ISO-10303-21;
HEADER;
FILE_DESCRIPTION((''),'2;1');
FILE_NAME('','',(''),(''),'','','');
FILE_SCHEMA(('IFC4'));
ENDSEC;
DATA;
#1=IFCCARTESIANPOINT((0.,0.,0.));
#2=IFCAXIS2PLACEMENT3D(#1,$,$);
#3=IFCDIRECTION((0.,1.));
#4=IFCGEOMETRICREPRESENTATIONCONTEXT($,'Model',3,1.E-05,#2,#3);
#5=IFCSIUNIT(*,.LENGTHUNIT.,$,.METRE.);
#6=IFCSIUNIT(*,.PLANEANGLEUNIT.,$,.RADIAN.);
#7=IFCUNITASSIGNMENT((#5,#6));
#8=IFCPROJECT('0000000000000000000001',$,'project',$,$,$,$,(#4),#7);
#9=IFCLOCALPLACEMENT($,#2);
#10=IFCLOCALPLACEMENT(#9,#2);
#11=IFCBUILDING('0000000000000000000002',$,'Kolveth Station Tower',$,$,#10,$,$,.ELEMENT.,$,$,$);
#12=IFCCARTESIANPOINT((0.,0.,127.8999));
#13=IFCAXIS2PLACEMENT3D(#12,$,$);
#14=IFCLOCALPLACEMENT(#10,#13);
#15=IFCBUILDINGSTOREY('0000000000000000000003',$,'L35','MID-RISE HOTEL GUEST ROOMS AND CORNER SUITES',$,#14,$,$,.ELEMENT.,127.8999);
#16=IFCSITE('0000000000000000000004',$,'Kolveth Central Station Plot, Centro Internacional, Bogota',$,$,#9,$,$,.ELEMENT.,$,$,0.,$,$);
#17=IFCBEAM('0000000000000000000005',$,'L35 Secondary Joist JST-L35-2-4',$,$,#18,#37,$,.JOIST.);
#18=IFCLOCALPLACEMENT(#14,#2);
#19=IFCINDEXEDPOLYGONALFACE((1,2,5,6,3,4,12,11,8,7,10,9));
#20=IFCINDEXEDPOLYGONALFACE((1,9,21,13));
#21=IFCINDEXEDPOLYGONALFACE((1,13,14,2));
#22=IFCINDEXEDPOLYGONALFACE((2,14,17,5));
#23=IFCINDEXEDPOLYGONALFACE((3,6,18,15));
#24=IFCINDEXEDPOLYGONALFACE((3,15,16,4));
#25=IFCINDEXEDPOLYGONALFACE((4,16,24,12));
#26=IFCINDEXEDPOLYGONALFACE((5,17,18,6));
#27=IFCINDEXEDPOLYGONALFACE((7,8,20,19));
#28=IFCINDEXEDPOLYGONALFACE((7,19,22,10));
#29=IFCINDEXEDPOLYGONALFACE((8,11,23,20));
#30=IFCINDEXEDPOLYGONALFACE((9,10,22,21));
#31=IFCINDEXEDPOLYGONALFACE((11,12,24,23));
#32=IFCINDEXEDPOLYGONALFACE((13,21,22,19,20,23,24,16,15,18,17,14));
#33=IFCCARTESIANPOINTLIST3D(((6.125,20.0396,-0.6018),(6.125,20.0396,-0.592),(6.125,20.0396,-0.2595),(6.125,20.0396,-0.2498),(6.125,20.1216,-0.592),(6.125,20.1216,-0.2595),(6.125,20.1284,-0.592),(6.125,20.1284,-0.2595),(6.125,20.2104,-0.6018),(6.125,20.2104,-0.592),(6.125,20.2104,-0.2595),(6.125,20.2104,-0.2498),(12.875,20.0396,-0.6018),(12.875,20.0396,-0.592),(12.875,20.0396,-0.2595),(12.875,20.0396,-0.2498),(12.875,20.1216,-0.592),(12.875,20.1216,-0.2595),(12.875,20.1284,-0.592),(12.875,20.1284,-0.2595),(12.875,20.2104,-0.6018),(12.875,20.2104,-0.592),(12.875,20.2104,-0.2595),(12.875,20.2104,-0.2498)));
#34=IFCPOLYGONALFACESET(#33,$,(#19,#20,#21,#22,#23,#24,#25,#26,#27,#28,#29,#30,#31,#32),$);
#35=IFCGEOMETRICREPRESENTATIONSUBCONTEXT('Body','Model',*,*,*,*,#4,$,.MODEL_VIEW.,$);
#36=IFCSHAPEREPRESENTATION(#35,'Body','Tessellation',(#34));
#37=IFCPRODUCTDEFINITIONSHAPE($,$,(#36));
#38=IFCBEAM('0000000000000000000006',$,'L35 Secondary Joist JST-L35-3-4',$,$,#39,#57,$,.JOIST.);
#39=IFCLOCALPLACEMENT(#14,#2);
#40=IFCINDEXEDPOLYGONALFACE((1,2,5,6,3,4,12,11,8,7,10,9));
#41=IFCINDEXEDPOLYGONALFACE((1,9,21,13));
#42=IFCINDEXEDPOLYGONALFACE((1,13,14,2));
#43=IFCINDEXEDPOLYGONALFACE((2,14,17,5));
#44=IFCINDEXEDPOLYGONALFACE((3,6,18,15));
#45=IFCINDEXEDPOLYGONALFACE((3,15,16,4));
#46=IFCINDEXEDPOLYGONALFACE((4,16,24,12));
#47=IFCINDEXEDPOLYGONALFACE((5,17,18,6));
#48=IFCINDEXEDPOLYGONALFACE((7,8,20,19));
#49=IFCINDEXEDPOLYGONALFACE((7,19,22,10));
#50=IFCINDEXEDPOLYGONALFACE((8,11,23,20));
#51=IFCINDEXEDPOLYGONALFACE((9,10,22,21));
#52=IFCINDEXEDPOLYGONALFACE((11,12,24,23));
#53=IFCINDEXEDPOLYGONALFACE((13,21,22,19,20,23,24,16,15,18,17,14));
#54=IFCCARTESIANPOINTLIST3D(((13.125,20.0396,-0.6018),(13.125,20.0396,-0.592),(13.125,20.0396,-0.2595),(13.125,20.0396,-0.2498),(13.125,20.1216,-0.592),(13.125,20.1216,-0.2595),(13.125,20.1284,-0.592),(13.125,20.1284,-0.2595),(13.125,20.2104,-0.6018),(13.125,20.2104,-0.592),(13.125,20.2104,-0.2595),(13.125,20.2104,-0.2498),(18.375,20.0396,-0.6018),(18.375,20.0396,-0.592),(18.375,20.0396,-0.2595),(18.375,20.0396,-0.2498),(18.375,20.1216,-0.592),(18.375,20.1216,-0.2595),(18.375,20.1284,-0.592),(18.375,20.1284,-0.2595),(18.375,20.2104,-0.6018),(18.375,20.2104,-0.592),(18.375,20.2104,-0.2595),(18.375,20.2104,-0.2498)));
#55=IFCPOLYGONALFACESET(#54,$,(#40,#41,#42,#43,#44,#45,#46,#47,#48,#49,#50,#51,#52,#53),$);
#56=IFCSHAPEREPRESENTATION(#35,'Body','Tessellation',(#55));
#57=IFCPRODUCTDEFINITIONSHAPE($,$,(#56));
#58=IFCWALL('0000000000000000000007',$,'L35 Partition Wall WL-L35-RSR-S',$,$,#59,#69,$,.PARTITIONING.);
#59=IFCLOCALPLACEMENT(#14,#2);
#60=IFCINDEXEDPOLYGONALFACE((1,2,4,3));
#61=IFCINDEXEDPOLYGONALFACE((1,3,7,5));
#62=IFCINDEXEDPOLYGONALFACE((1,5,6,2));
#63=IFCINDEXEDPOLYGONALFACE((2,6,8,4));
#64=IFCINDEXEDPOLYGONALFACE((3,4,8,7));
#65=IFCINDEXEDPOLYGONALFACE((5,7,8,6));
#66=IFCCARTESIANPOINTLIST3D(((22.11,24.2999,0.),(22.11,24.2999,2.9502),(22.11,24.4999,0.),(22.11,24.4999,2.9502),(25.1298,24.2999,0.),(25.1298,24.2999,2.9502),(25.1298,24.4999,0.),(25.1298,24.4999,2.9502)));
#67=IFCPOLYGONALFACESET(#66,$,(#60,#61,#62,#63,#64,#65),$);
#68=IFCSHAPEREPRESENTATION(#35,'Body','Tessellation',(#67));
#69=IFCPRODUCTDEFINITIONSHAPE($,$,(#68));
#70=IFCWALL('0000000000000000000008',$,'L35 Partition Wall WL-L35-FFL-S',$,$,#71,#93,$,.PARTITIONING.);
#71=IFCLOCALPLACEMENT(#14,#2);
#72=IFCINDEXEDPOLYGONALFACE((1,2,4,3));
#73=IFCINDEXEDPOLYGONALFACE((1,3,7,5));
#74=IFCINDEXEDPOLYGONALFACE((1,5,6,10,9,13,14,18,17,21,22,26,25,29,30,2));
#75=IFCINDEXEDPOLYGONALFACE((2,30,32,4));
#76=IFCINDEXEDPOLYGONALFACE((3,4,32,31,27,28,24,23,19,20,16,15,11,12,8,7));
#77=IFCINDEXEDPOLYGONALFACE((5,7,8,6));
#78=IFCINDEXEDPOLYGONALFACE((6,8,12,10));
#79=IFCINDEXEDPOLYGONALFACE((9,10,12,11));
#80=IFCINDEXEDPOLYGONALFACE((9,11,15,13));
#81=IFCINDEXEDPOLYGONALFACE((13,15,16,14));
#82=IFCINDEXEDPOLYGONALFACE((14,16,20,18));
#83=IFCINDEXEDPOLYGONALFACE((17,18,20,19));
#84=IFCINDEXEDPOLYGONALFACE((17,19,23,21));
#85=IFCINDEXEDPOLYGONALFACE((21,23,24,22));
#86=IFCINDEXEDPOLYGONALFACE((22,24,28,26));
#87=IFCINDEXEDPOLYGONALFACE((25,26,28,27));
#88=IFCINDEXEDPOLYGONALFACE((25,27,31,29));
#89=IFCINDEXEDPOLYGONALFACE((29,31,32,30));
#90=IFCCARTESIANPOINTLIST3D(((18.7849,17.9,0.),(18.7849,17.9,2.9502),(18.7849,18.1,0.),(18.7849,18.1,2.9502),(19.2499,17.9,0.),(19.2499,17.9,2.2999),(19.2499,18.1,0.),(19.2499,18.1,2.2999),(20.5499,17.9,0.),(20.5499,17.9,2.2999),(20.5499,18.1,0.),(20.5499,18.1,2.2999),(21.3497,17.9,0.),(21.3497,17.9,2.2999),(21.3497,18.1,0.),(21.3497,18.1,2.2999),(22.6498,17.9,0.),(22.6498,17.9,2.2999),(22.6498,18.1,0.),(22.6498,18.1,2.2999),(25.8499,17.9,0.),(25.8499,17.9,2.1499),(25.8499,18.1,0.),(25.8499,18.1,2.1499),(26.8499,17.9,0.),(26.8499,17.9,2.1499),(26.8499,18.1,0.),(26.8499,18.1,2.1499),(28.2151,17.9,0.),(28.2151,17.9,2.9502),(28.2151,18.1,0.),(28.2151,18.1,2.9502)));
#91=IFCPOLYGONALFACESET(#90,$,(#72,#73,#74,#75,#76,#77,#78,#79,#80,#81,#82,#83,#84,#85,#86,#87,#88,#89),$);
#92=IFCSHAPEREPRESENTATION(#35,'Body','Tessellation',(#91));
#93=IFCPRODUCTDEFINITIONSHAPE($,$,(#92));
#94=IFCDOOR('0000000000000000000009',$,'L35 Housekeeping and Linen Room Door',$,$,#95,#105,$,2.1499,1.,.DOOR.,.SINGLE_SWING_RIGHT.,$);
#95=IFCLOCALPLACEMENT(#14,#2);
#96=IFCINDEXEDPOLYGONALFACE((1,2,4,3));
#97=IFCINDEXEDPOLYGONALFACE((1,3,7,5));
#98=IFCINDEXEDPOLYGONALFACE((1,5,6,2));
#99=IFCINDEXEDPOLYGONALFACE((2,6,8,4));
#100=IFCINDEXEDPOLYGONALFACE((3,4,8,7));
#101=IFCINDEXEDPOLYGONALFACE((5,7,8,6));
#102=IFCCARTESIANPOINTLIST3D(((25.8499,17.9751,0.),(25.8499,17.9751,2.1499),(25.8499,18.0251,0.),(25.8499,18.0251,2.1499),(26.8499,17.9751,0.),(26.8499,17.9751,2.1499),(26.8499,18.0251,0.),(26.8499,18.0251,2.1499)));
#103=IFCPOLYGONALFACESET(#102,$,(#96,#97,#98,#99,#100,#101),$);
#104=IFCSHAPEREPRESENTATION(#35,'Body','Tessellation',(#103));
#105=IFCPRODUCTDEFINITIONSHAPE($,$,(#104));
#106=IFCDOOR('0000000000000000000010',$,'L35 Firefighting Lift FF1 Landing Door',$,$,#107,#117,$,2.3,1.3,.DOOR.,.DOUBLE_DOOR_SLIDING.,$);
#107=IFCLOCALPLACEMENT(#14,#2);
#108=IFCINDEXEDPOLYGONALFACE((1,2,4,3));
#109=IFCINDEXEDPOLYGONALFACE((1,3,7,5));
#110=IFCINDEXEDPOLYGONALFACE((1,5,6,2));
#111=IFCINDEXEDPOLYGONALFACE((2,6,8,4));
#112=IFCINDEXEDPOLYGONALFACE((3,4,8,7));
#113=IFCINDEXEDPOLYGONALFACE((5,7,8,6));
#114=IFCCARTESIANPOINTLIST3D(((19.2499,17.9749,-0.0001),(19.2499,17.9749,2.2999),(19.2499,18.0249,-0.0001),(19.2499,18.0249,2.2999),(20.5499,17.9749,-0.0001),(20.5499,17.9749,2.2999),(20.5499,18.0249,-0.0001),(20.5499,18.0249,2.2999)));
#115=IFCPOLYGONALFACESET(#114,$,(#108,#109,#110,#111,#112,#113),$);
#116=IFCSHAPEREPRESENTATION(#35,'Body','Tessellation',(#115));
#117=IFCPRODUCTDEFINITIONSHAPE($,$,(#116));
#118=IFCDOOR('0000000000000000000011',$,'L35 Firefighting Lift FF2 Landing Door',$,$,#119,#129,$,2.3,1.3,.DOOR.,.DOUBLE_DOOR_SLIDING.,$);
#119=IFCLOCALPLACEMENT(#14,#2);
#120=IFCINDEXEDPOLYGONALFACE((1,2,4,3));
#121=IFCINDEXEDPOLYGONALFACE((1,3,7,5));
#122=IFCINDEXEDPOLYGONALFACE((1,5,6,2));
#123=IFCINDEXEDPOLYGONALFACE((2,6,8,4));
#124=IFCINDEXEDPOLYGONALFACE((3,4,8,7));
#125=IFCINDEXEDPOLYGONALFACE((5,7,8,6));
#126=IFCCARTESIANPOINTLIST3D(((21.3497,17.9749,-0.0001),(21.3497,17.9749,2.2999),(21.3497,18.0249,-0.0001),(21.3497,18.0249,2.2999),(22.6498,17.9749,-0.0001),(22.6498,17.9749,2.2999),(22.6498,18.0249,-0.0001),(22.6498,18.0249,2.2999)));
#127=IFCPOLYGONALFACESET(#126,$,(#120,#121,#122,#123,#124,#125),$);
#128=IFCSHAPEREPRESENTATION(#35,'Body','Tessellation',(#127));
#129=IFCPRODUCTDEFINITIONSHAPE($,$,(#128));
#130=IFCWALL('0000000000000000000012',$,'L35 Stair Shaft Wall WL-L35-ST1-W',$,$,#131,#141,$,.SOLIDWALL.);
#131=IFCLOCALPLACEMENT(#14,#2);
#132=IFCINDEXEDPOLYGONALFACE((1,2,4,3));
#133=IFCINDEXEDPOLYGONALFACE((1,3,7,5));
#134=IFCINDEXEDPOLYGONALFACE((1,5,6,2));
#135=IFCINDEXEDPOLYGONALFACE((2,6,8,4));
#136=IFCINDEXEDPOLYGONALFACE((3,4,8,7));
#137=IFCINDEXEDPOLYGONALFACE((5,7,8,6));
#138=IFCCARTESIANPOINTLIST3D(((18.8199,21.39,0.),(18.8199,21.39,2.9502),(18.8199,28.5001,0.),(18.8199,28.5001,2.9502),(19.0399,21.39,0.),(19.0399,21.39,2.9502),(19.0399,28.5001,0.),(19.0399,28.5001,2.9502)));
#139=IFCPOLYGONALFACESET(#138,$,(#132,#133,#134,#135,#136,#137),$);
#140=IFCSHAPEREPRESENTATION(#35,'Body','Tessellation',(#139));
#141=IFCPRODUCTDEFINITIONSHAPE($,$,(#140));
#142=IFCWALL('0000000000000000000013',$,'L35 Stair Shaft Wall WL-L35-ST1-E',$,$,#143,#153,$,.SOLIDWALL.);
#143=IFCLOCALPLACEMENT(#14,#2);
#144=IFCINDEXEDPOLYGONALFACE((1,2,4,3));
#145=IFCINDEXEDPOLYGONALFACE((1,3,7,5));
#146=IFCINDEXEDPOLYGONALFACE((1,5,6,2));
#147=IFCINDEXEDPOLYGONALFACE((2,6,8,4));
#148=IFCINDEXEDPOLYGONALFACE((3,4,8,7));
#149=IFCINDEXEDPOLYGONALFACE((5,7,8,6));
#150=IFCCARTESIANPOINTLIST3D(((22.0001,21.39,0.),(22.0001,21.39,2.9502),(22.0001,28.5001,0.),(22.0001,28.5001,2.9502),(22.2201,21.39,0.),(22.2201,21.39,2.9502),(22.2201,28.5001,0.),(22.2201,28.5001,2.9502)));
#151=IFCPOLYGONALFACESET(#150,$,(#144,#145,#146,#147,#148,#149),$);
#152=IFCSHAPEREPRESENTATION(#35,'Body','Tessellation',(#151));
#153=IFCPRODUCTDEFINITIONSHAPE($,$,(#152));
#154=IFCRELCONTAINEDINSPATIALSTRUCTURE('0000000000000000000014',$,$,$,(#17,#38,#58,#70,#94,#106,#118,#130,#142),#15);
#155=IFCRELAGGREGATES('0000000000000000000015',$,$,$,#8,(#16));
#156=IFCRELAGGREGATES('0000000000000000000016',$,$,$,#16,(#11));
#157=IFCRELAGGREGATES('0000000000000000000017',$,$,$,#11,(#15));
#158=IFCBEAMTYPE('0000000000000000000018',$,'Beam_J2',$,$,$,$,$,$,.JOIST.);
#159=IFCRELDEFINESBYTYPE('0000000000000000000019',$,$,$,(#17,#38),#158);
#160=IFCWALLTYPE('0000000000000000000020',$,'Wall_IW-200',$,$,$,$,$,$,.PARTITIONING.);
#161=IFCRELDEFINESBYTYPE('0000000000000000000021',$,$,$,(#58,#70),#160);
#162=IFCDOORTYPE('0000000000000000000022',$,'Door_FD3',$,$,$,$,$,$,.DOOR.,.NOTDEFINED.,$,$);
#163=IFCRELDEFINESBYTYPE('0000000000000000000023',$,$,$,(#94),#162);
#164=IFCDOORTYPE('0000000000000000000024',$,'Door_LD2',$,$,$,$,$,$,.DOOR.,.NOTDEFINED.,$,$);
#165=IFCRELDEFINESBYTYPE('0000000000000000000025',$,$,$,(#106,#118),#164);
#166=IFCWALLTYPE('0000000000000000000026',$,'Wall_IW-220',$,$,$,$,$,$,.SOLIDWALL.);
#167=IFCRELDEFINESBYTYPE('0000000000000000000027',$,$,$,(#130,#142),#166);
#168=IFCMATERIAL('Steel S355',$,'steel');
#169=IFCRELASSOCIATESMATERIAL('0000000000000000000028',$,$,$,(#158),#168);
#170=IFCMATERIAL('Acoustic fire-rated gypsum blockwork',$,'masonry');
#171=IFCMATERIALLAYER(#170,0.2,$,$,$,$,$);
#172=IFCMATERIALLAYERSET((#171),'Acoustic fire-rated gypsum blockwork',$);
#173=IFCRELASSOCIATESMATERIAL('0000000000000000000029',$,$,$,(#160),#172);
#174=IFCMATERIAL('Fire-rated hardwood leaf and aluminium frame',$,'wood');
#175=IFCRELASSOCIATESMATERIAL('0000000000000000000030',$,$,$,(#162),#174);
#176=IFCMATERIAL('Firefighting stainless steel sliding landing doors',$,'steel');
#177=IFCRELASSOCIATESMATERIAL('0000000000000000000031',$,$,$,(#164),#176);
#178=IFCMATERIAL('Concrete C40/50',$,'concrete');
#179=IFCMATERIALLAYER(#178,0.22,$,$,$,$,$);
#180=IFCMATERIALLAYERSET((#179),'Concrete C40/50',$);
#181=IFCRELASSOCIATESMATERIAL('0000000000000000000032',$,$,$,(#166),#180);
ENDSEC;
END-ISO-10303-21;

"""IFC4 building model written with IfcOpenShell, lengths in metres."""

from ifc_helpers import new_model, si_unit, direction, frame, frame_2d, origin, origin_2d, place, context, subcontext, project, spatial, rectangle, i_section, extrude, source, transform, mapped, material, layer, layer_set, material_profile, profile_set, type_object, element, fill, save


model = new_model("IFC4")

# Units and contexts
model_context = context("Model", 3, precision=1e-05, world=origin(), true_north=direction((0.0, 1.0)))
body_context = subcontext(model_context, "Body", "Model", "MODEL_VIEW")
ifc_project = project(units=[si_unit("LENGTHUNIT", "METRE"), si_unit("PLANEANGLEUNIT", "RADIAN")], contexts=[model_context])

# Site, building, storey
site_placement = place(None, origin())
site = spatial("IfcSite", under=ifc_project, at=site_placement, Name="Kolveth Central Station Plot, Centro Internacional, Bogota", CompositionType="ELEMENT", RefElevation=0.0)
building_placement = place(site_placement, origin())
building = spatial("IfcBuilding", under=site, at=building_placement, Name="Kolveth Station Tower", CompositionType="ELEMENT")
storey_placement = place(building_placement, frame((0.0, 0.0, 127.8999)))
storey = spatial("IfcBuildingStorey", under=building, at=storey_placement, Name="L35", Description="MID-RISE HOTEL GUEST ROOMS AND CORNER SUITES", CompositionType="ELEMENT", Elevation=127.8999)

# Shared definitions
ifc_material_1 = material(Name="Steel S355", Category="steel")

# Beams
ifc_material_profile_1 = material_profile(ifc_material_1, i_section(OverallWidth=0.1709, OverallDepth=0.3521, WebThickness=0.0068, FlangeThickness=0.0098, at=origin_2d()), Name="W360x44")
ifc_profile_set_1 = profile_set([ifc_material_profile_1], Name="Steel S355")
beam_type_1 = type_object("IfcBeamType", Name="Beam_J2", PredefinedType="JOIST", material=ifc_profile_set_1)
shared_shape_1 = source(origin(), body_context, "Body", "SweptSolid", [
    extrude(i_section(OverallWidth=0.1709, OverallDepth=0.3521, WebThickness=0.0068, FlangeThickness=0.0098, at=origin_2d()), origin(), (0.0, 0.0, 1.0), 6.75),
])
beam_1_placement = place(storey_placement, frame((6.125, 20.125, -0.4258), z_axis=(1.0, 0.0, 0.0), x_axis=(0.0, 1.0, 0.0)))
element("IfcBeam", 1, at=beam_1_placement, inside=storey, type_object=beam_type_1, Name="L35 Secondary Joist JST-L35-2-4", PredefinedType="JOIST", context=body_context, shape_type="MappedRepresentation", body=[
    mapped(shared_shape_1, transform((0.0, 0.0, 0.0), x_axis=(1.0, 0.0, 0.0), y_axis=(0.0, 1.0, 0.0), z_axis=(0.0, 0.0, 1.0), scale=1.0)),
])
shared_shape_2 = source(origin(), body_context, "Body", "SweptSolid", [
    extrude(i_section(OverallWidth=0.1709, OverallDepth=0.3521, WebThickness=0.0068, FlangeThickness=0.0098, at=origin_2d()), origin(), (0.0, 0.0, 1.0), 5.25),
])
beam_2_placement = place(storey_placement, frame((13.125, 20.125, -0.4258), z_axis=(1.0, 0.0, 0.0), x_axis=(0.0, 1.0, 0.0)))
element("IfcBeam", 2, at=beam_2_placement, inside=storey, type_object=beam_type_1, Name="L35 Secondary Joist JST-L35-3-4", PredefinedType="JOIST", context=body_context, shape_type="MappedRepresentation", body=[
    mapped(shared_shape_2, transform((0.0, 0.0, 0.0), x_axis=(1.0, 0.0, 0.0), y_axis=(0.0, 1.0, 0.0), z_axis=(0.0, 0.0, 1.0), scale=1.0)),
])

# Wall
ifc_material_2 = material(Name="Acoustic fire-rated gypsum blockwork", Category="masonry")
ifc_layer_1 = layer(ifc_material_2, 0.2)
ifc_layer_set_1 = layer_set([ifc_layer_1], Name="Acoustic fire-rated gypsum blockwork")
wall_type_1 = type_object("IfcWallType", Name="Wall_IW-200", PredefinedType="PARTITIONING", material=ifc_layer_set_1)
wall_1_placement = place(storey_placement, frame((22.1101, 24.3999, 0.0), z_axis=(0.0, 0.0, 1.0), x_axis=(1.0, 0.0, 0.0)))
element("IfcWall", 3, at=wall_1_placement, inside=storey, type_object=wall_type_1, Name="L35 Partition Wall WL-L35-RSR-S", PredefinedType="PARTITIONING", context=body_context, shape_type="SweptSolid", body=[
    extrude(rectangle(XDim=3.0198, YDim=0.2, at=frame_2d((1.5098, 0.0))), origin(), (0.0, 0.0, 1.0), 2.9502),
])

# Wall, openings, doors
wall_2_placement = place(storey_placement, frame((18.7849, 18.0, 0.0), z_axis=(0.0, 0.0, 1.0), x_axis=(1.0, 0.0, 0.0)))
wall_2 = element("IfcWall", 4, at=wall_2_placement, inside=storey, type_object=wall_type_1, Name="L35 Partition Wall WL-L35-FFL-S", PredefinedType="PARTITIONING", context=body_context, shape_type="SweptSolid", body=[
    extrude(rectangle(XDim=9.4302, YDim=0.2, at=frame_2d((4.7151, 0.0))), origin(), (0.0, 0.0, 1.0), 2.9502),
])
opening_1_placement = place(wall_2_placement, frame((0.4651, 0.0, 0.0)))
opening_1 = element("IfcOpeningElement", 5, at=opening_1_placement, cuts=wall_2, PredefinedType="OPENING", context=body_context, shape_type="SweptSolid", body=[
    extrude(rectangle(XDim=1.3, YDim=2.3, at=frame_2d((0.6499, 1.1499))), frame((0.0, 0.1099, 0.0), z_axis=(0.0, -1.0, 0.0), x_axis=(1.0, 0.0, 0.0)), (0.0, 0.0, 1.0), 0.22),
])
opening_2_placement = place(wall_2_placement, frame((2.5649, 0.0, 0.0)))
opening_2 = element("IfcOpeningElement", 6, at=opening_2_placement, cuts=wall_2, PredefinedType="OPENING", context=body_context, shape_type="SweptSolid", body=[
    extrude(rectangle(XDim=1.3, YDim=2.3, at=frame_2d((0.6499, 1.1499))), frame((0.0, 0.1099, 0.0), z_axis=(0.0, -1.0, 0.0), x_axis=(1.0, 0.0, 0.0)), (0.0, 0.0, 1.0), 0.22),
])
opening_3_placement = place(wall_2_placement, frame((7.0649, 0.0, 0.0)))
opening_3 = element("IfcOpeningElement", 7, at=opening_3_placement, cuts=wall_2, PredefinedType="OPENING", context=body_context, shape_type="SweptSolid", body=[
    extrude(rectangle(XDim=1.0, YDim=2.1499, at=frame_2d((0.5, 1.075))), frame((0.0, 0.1099, 0.0), z_axis=(0.0, -1.0, 0.0), x_axis=(1.0, 0.0, 0.0)), (0.0, 0.0, 1.0), 0.22),
])
ifc_material_3 = material(Name="Fire-rated hardwood leaf and aluminium frame", Category="wood")
door_type_1 = type_object("IfcDoorType", Name="Door_FD3", OperationType="NOTDEFINED", PredefinedType="DOOR", material=ifc_material_3)
door_1_placement = place(opening_3_placement, frame((1.0, 0.0, 0.0), z_axis=(0.0, 0.0, 1.0), x_axis=(-1.0, 0.0, 0.0)))
door_1 = element("IfcDoor", 8, at=door_1_placement, inside=storey, type_object=door_type_1, Name="L35 Housekeeping and Linen Room Door", OperationType="SINGLE_SWING_RIGHT", OverallHeight=2.1499, OverallWidth=1.0, PredefinedType="DOOR", context=body_context, shape_type="SweptSolid", body=[
    extrude(rectangle(XDim=1.0, YDim=2.1499, at=frame_2d((0.5, 1.075))), frame((0.0, 0.0249, 0.0), z_axis=(0.0, -1.0, 0.0), x_axis=(1.0, 0.0, 0.0)), (0.0, 0.0, 1.0), 0.05),
])
fill(opening_3, door_1)
ifc_material_4 = material(Name="Firefighting stainless steel sliding landing doors", Category="steel")
door_type_2 = type_object("IfcDoorType", Name="Door_LD2", OperationType="NOTDEFINED", PredefinedType="DOOR", material=ifc_material_4)
door_2_placement = place(opening_1_placement, origin())
door_2 = element("IfcDoor", 9, at=door_2_placement, inside=storey, type_object=door_type_2, Name="L35 Firefighting Lift FF1 Landing Door", OperationType="DOUBLE_DOOR_SLIDING", OverallHeight=2.3, OverallWidth=1.3, PredefinedType="DOOR", context=body_context, shape_type="SweptSolid", body=[
    extrude(rectangle(XDim=1.3, YDim=2.3, at=frame_2d((0.6499, 1.1499))), frame((0.0, 0.0249, 0.0), z_axis=(0.0, -1.0, 0.0), x_axis=(1.0, 0.0, 0.0)), (0.0, 0.0, 1.0), 0.05),
])
fill(opening_1, door_2)
door_3_placement = place(opening_2_placement, origin())
door_3 = element("IfcDoor", 10, at=door_3_placement, inside=storey, type_object=door_type_2, Name="L35 Firefighting Lift FF2 Landing Door", OperationType="DOUBLE_DOOR_SLIDING", OverallHeight=2.3, OverallWidth=1.3, PredefinedType="DOOR", context=body_context, shape_type="SweptSolid", body=[
    extrude(rectangle(XDim=1.3, YDim=2.3, at=frame_2d((0.6499, 1.1499))), frame((0.0, 0.0249, 0.0), z_axis=(0.0, -1.0, 0.0), x_axis=(1.0, 0.0, 0.0)), (0.0, 0.0, 1.0), 0.05),
])
fill(opening_2, door_3)

# Walls
ifc_material_5 = material(Name="Concrete C40/50", Category="concrete")
ifc_layer_2 = layer(ifc_material_5, 0.22)
ifc_layer_set_2 = layer_set([ifc_layer_2], Name="Concrete C40/50")
wall_type_2 = type_object("IfcWallType", Name="Wall_IW-220", PredefinedType="SOLIDWALL", material=ifc_layer_set_2)
for number, where, z_axis, x_axis, name in (
    (11, (18.9299, 21.3899, 0.0), (0.0, 0.0, 1.0), (0.0, 1.0, 0.0), "L35 Stair Shaft Wall WL-L35-ST1-W"),
    (12, (22.1101, 21.3899, 0.0), (0.0, 0.0, 1.0), (0.0, 1.0, 0.0), "L35 Stair Shaft Wall WL-L35-ST1-E"),
):
    element("IfcWall", number, at=place(storey_placement, frame(where, z_axis=z_axis, x_axis=x_axis)), inside=storey, type_object=wall_type_2, Name=name, PredefinedType="SOLIDWALL", context=body_context, shape_type="SweptSolid", body=[
        extrude(rectangle(XDim=7.1101, YDim=0.22, at=frame_2d((3.5552, 0.0))), origin(), (0.0, 0.0, 1.0), 2.9502),
    ])

save(model, "model.ifc")
